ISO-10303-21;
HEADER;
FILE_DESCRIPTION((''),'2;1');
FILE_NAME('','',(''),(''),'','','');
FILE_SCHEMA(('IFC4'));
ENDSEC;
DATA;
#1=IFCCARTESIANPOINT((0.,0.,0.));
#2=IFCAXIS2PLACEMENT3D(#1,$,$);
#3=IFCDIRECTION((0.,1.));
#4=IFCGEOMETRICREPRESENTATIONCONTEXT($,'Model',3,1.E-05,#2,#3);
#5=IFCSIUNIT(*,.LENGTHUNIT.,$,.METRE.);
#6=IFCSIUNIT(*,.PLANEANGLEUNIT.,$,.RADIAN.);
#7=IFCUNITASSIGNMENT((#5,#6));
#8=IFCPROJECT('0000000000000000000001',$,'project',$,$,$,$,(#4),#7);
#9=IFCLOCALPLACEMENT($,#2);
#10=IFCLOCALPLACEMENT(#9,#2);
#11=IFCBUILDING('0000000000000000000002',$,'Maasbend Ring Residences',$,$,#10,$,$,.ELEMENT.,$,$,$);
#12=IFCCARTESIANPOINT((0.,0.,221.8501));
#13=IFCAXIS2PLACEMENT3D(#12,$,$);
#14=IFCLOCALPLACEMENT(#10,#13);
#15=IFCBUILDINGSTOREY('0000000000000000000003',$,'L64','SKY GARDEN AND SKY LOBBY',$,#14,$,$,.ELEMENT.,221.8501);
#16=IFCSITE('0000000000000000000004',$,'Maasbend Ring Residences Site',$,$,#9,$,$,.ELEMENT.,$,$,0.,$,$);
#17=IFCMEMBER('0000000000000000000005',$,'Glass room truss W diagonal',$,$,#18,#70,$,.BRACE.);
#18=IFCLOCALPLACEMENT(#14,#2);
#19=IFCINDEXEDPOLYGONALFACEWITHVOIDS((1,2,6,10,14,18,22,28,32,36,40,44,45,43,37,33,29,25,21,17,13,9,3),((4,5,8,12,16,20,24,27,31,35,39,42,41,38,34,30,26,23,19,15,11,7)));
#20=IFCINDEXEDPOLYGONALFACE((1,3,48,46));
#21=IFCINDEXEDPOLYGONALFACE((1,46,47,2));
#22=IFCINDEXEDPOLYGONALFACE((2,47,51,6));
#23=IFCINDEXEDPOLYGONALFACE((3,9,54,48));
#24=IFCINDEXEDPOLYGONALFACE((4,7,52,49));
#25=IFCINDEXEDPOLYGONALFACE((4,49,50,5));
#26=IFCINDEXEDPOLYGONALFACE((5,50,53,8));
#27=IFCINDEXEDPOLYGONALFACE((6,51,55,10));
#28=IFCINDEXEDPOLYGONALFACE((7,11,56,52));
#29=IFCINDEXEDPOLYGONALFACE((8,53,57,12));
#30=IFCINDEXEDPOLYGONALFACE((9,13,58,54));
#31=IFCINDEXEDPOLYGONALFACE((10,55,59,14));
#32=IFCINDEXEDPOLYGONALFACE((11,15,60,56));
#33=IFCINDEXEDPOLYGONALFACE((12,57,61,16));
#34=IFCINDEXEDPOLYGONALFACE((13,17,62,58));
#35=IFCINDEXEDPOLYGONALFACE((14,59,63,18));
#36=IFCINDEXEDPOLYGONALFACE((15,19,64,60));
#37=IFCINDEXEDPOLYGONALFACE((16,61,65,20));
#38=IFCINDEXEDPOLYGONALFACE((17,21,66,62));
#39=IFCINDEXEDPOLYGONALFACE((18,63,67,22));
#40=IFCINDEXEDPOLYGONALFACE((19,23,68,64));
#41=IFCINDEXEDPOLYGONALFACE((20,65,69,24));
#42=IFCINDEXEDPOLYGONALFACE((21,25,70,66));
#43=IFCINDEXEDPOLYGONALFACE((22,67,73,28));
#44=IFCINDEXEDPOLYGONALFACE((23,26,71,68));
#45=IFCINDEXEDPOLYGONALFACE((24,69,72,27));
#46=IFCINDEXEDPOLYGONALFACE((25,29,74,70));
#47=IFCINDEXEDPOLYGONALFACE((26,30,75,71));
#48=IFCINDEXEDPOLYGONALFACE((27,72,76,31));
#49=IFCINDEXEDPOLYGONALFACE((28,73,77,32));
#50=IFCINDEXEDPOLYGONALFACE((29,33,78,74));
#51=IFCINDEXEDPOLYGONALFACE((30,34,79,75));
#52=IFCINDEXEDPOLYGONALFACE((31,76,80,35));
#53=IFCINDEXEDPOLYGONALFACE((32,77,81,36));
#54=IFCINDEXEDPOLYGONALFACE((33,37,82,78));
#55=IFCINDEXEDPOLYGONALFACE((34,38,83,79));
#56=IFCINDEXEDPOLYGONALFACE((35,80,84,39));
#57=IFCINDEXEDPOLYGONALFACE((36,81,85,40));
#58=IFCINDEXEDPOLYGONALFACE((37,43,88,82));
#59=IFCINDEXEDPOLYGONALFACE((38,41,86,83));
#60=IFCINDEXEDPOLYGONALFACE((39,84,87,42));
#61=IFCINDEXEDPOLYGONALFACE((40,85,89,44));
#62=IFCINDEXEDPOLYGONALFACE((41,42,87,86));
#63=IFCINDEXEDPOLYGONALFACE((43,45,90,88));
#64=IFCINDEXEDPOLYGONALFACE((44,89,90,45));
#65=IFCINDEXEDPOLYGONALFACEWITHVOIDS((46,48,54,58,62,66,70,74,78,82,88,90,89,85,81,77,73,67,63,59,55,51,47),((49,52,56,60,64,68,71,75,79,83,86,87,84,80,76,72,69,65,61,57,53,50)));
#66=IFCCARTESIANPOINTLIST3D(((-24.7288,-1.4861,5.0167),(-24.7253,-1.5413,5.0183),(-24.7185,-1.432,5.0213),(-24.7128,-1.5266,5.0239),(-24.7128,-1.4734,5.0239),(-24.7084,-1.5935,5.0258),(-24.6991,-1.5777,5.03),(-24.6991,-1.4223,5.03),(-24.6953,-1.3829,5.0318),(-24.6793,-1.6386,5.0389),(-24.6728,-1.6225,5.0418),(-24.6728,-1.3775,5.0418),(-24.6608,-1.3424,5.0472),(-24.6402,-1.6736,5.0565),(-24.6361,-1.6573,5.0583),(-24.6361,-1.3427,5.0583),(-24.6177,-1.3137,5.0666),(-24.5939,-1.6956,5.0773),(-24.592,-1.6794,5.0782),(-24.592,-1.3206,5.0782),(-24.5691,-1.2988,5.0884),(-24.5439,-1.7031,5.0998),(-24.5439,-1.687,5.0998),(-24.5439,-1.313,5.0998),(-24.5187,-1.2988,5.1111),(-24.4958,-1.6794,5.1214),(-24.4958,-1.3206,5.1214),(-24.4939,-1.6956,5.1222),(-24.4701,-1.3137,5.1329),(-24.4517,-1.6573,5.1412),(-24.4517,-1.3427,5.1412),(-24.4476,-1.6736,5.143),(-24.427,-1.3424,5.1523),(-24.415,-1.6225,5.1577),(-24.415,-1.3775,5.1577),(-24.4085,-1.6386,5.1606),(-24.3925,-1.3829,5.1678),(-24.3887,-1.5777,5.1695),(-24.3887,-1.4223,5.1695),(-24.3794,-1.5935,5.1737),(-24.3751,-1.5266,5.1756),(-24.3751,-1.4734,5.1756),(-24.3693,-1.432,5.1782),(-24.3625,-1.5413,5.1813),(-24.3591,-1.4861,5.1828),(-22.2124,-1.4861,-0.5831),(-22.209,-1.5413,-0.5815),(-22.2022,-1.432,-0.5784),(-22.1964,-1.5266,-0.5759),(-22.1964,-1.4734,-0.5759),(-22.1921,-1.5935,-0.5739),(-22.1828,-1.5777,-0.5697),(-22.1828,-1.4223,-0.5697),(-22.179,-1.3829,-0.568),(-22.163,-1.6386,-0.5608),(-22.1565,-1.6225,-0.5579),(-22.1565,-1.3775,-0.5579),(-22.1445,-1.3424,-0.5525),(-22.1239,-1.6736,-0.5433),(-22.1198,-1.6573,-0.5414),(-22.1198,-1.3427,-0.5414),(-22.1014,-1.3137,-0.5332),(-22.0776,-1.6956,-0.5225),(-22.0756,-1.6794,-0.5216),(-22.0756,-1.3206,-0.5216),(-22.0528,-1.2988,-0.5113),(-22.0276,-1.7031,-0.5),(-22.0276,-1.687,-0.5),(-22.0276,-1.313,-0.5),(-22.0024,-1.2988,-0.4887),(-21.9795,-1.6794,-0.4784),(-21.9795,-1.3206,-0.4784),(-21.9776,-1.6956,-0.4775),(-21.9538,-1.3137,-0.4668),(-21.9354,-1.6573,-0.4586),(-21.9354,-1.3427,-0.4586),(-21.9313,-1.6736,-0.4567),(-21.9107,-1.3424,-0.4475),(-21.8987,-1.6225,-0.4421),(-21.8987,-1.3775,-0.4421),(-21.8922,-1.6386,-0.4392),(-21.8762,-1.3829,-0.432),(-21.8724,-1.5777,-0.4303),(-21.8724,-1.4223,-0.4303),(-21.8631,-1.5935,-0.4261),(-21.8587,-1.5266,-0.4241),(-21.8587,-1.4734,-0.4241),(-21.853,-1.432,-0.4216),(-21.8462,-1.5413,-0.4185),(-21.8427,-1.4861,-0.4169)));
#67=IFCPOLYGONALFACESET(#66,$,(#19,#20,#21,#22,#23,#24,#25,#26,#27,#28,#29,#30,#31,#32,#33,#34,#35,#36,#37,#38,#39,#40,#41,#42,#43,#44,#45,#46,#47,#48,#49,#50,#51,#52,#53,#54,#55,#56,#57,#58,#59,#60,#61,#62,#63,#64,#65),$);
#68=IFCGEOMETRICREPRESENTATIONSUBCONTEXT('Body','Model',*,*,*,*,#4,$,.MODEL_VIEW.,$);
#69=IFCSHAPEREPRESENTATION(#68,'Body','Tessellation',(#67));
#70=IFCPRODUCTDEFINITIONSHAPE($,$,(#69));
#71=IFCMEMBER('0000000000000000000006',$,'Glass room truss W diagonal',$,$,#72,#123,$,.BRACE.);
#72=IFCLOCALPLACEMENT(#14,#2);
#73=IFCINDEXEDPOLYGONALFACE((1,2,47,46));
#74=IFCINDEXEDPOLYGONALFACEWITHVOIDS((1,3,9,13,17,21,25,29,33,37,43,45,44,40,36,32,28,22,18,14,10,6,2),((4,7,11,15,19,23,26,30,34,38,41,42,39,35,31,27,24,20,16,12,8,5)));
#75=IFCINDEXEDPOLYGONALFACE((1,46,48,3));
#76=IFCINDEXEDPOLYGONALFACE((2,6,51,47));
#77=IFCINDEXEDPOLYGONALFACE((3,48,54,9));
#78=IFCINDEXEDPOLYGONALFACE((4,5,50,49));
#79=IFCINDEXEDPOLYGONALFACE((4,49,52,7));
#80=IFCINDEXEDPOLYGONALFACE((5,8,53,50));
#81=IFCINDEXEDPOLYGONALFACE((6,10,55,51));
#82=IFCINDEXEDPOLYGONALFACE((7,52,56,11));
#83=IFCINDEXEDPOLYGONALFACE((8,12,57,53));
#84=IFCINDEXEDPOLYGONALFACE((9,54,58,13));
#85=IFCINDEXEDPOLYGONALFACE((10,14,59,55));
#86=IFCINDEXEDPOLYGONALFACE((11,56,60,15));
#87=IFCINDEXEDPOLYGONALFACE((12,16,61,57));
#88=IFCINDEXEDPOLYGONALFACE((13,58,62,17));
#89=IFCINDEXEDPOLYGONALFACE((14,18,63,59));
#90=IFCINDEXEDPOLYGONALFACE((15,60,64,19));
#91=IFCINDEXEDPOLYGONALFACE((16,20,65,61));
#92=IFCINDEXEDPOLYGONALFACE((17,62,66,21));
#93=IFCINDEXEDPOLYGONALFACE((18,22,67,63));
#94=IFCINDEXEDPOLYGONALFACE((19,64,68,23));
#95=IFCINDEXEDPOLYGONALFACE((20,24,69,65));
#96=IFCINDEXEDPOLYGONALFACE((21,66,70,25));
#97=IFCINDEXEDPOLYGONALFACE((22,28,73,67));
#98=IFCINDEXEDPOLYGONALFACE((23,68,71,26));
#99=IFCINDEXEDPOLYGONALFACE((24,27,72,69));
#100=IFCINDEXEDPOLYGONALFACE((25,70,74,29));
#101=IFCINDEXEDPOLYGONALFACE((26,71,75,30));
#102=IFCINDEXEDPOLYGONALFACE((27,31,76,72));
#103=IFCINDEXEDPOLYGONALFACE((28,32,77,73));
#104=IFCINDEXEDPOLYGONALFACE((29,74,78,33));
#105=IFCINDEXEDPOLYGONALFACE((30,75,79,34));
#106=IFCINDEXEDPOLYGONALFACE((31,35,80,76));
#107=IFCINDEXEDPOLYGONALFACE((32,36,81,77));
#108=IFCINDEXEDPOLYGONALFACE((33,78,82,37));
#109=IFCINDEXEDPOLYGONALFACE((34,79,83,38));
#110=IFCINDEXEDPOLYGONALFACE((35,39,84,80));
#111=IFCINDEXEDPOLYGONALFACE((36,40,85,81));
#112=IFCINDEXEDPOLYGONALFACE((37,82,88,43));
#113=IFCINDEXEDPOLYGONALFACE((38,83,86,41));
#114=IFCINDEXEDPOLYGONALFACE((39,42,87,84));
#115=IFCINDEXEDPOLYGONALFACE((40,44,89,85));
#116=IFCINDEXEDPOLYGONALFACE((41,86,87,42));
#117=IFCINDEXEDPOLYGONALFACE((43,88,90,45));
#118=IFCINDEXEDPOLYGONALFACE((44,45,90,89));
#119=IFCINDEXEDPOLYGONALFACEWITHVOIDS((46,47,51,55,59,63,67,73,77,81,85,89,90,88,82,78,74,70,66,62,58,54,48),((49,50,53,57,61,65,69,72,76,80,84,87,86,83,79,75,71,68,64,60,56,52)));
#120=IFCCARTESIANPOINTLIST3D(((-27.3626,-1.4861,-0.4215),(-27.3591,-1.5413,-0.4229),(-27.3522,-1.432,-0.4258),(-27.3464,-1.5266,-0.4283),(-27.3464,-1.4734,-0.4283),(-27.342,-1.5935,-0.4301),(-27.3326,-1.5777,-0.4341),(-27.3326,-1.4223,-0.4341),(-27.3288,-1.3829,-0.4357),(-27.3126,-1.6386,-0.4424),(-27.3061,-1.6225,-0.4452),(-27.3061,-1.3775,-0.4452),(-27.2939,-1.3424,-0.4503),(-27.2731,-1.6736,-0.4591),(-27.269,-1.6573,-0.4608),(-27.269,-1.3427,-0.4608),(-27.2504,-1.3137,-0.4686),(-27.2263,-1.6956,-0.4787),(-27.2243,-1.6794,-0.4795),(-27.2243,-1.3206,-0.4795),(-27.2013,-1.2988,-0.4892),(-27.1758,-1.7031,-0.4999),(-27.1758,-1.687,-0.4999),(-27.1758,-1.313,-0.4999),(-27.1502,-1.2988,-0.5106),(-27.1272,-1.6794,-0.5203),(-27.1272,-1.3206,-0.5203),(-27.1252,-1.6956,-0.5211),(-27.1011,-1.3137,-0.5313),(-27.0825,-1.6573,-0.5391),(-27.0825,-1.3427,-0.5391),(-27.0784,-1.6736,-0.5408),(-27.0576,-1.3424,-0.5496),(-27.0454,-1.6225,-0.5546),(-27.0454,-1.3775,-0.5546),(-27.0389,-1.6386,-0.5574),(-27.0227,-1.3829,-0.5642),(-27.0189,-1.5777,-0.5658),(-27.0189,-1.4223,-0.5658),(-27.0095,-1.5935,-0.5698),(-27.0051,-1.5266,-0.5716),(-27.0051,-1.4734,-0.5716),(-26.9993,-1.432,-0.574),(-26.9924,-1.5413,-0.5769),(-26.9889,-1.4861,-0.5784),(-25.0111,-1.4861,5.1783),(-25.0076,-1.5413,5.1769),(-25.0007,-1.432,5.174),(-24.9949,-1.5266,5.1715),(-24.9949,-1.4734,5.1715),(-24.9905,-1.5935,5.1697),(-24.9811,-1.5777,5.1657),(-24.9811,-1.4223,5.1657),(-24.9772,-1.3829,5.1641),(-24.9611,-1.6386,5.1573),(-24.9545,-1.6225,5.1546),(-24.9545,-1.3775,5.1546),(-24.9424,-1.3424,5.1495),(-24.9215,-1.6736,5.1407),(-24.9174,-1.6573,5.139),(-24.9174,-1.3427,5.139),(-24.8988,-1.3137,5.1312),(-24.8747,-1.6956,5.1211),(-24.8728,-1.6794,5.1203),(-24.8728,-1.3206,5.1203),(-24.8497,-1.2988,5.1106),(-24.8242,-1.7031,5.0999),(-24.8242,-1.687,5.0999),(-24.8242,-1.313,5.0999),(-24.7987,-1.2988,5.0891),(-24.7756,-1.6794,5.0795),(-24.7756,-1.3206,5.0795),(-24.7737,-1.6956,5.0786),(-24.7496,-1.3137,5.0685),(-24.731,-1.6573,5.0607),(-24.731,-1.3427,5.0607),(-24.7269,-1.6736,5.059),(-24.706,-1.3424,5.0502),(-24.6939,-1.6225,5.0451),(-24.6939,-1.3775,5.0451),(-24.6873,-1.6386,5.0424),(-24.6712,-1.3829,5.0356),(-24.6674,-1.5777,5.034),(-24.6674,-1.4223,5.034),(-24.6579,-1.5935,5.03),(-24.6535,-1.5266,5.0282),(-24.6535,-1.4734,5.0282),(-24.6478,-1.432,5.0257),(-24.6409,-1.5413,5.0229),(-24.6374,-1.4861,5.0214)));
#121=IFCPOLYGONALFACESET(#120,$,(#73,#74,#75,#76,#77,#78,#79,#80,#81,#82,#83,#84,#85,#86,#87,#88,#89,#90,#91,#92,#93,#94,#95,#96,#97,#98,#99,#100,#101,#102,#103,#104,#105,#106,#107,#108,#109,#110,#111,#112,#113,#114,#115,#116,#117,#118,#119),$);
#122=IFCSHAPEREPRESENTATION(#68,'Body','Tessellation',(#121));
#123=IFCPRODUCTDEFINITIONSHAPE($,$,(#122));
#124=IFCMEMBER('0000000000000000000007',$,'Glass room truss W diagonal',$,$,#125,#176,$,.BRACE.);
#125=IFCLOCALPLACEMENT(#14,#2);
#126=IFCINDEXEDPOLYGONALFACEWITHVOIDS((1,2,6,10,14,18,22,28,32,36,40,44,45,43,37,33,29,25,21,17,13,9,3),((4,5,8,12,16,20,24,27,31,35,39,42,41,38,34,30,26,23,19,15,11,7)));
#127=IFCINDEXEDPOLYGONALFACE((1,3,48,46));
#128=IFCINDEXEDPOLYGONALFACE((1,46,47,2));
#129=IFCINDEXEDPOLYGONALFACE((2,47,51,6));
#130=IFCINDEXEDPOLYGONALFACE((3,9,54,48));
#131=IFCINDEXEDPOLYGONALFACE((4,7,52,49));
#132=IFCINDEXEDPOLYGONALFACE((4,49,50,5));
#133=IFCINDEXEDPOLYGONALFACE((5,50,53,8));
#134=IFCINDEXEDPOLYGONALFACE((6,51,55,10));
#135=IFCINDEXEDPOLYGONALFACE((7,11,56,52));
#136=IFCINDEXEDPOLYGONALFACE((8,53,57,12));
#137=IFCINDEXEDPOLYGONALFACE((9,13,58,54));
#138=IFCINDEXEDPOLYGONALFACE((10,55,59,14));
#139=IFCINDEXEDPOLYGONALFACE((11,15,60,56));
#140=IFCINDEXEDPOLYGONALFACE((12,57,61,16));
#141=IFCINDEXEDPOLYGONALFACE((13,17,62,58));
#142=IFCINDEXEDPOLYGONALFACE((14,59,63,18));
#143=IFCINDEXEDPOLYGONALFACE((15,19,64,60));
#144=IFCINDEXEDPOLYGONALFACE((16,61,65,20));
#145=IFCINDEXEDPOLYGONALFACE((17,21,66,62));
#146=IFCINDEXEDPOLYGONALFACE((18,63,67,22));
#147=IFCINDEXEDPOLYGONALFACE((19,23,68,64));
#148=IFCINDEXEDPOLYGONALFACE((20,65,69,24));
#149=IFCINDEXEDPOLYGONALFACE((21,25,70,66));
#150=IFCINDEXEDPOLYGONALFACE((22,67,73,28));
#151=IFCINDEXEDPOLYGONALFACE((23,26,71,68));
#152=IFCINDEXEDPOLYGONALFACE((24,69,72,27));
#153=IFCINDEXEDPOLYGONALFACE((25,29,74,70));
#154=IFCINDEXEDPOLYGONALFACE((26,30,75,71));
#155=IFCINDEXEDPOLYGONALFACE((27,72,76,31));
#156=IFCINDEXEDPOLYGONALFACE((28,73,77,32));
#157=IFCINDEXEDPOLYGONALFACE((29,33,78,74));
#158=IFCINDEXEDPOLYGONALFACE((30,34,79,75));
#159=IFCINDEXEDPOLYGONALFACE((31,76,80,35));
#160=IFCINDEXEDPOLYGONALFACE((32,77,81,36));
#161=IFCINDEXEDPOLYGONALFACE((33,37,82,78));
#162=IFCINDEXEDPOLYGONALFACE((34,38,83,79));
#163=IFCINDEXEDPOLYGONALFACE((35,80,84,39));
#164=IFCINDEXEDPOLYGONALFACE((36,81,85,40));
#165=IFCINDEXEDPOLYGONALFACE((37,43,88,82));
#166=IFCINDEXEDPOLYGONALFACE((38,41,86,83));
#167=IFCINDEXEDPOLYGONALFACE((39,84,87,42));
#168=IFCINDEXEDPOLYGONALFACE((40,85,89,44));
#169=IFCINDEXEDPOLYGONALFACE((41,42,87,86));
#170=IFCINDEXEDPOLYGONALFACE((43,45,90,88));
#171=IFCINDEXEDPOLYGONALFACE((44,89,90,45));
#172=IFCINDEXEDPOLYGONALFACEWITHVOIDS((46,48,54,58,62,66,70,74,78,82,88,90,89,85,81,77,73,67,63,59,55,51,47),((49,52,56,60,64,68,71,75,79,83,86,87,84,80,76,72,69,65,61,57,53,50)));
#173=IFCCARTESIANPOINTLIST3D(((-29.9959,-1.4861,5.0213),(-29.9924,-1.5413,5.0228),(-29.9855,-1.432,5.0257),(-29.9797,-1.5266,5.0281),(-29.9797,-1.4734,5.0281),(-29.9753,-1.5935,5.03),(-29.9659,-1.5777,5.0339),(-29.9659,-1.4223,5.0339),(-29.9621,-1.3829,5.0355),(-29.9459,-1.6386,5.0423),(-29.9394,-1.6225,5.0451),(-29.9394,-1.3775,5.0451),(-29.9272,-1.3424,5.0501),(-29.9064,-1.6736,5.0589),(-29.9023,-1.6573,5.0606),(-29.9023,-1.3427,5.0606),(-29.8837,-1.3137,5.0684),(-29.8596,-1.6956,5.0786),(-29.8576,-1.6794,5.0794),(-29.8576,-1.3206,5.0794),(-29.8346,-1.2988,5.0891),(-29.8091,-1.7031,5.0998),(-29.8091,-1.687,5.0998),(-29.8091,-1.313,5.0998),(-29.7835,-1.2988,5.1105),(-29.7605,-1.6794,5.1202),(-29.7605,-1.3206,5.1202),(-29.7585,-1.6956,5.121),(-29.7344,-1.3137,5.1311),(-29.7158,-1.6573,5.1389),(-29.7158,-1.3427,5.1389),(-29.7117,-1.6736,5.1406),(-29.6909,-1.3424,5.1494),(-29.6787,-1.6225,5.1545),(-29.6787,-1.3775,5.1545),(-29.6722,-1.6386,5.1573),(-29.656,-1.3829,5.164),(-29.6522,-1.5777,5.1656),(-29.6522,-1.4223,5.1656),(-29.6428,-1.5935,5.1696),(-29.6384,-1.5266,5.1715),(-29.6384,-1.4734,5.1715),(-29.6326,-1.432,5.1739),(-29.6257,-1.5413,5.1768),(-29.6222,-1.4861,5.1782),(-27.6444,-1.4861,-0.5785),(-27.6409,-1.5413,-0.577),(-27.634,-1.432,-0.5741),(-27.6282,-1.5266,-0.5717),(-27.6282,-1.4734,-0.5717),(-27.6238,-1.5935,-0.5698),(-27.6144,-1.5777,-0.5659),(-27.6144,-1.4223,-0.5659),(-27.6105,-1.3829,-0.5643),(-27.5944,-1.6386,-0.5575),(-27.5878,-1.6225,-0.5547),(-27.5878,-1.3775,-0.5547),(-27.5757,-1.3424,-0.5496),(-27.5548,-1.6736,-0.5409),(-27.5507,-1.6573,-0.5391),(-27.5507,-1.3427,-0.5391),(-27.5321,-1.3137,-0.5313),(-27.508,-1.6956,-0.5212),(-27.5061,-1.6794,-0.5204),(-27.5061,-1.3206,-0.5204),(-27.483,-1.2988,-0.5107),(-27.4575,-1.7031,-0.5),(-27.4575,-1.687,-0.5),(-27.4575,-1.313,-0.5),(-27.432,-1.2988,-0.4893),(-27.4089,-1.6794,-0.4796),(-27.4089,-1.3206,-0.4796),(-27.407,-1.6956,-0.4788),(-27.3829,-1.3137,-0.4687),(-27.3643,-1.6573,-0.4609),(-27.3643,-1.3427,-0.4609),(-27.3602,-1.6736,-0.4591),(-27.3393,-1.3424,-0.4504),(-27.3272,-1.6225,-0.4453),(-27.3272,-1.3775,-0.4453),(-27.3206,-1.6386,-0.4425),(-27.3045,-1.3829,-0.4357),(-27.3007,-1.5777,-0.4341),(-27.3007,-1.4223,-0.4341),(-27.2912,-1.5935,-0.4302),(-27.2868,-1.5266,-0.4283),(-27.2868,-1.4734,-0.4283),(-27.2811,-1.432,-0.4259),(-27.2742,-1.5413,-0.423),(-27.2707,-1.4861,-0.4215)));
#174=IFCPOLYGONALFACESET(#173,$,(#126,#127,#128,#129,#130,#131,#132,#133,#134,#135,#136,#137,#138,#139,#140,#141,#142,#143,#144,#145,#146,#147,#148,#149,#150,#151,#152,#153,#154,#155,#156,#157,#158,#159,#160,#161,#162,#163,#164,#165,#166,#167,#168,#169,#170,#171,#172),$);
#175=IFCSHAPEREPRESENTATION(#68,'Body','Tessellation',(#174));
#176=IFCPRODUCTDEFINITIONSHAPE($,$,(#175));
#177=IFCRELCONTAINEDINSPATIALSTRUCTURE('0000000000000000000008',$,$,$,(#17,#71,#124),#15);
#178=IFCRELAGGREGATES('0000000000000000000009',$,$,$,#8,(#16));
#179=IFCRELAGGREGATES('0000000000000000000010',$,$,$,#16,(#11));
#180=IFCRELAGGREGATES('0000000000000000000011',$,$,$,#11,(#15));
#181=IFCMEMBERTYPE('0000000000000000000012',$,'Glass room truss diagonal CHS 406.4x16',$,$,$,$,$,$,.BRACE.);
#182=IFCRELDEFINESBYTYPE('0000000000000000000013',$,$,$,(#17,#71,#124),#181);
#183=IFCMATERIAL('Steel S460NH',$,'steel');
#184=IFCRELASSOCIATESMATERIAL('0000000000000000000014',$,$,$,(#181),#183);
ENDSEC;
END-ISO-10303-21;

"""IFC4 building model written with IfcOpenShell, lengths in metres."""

from ifc_helpers import new_model, si_unit, direction, frame, origin, origin_2d, place, context, subcontext, project, spatial, hollow_circle, extrude, material, material_profile, profile_set, type_object, element, save


model = new_model("IFC4")

# Units and contexts
model_context = context("Model", 3, precision=1e-05, world=origin(), true_north=direction((0.0, 1.0)))
body_context = subcontext(model_context, "Body", "Model", "MODEL_VIEW")
ifc_project = project(units=[si_unit("LENGTHUNIT", "METRE"), si_unit("PLANEANGLEUNIT", "RADIAN")], contexts=[model_context])

# Site, building, storey
site_placement = place(None, origin())
site = spatial("IfcSite", under=ifc_project, at=site_placement, Name="Maasbend Ring Residences Site", CompositionType="ELEMENT", RefElevation=0.0)
building_placement = place(site_placement, origin())
building = spatial("IfcBuilding", under=site, at=building_placement, Name="Maasbend Ring Residences", CompositionType="ELEMENT")
storey_placement = place(building_placement, frame((0.0, 0.0, 221.8501)))
storey = spatial("IfcBuildingStorey", under=building, at=storey_placement, Name="L64", Description="SKY GARDEN AND SKY LOBBY", CompositionType="ELEMENT", Elevation=221.8501)

# Members
ifc_material_1 = material(Name="Steel S460NH", Category="steel")
ifc_material_profile_1 = material_profile(ifc_material_1, hollow_circle(Radius=0.2031, WallThickness=0.0161, at=origin_2d()), Name="Glass room truss diagonal CHS 406.4x16")
ifc_profile_set_1 = profile_set([ifc_material_profile_1], Name="Steel S460NH")
member_type_1 = type_object("IfcMemberType", Name="Glass room truss diagonal CHS 406.4x16", PredefinedType="BRACE", material=ifc_profile_set_1)
member_1_placement = place(storey_placement, frame((-22.0276, -1.5, -0.5), z_axis=(-0.40988, 0.0, 0.912139), x_axis=(0.0, -1.0, 0.0)))
element("IfcMember", 1, at=member_1_placement, inside=storey, type_object=member_type_1, Name="Glass room truss W diagonal", PredefinedType="BRACE", context=body_context, shape_type="SweptSolid", body=[
    extrude(hollow_circle(Radius=0.2031, WallThickness=0.0161, at=origin_2d()), origin(), (0.0, 0.0, 1.0), 6.1392),
])
for number, where, z_axis, x_axis, name in (
    (2, (-24.8242, -1.5, 5.0999), (-0.38718, 0.0, -0.922004), (0.0, -1.0, 0.0), "Glass room truss W diagonal"),
    (3, (-27.4575, -1.5, -0.5), (-0.38718, 0.0, 0.922004), (0.0, -1.0, 0.0), "Glass room truss W diagonal"),
):
    element("IfcMember", number, at=place(storey_placement, frame(where, z_axis=z_axis, x_axis=x_axis)), inside=storey, type_object=member_type_1, Name=name, PredefinedType="BRACE", context=body_context, shape_type="SweptSolid", body=[
        extrude(hollow_circle(Radius=0.2031, WallThickness=0.0161, at=origin_2d()), origin(), (0.0, 0.0, 1.0), 6.0735),
    ])

save(model, "model.ifc")
